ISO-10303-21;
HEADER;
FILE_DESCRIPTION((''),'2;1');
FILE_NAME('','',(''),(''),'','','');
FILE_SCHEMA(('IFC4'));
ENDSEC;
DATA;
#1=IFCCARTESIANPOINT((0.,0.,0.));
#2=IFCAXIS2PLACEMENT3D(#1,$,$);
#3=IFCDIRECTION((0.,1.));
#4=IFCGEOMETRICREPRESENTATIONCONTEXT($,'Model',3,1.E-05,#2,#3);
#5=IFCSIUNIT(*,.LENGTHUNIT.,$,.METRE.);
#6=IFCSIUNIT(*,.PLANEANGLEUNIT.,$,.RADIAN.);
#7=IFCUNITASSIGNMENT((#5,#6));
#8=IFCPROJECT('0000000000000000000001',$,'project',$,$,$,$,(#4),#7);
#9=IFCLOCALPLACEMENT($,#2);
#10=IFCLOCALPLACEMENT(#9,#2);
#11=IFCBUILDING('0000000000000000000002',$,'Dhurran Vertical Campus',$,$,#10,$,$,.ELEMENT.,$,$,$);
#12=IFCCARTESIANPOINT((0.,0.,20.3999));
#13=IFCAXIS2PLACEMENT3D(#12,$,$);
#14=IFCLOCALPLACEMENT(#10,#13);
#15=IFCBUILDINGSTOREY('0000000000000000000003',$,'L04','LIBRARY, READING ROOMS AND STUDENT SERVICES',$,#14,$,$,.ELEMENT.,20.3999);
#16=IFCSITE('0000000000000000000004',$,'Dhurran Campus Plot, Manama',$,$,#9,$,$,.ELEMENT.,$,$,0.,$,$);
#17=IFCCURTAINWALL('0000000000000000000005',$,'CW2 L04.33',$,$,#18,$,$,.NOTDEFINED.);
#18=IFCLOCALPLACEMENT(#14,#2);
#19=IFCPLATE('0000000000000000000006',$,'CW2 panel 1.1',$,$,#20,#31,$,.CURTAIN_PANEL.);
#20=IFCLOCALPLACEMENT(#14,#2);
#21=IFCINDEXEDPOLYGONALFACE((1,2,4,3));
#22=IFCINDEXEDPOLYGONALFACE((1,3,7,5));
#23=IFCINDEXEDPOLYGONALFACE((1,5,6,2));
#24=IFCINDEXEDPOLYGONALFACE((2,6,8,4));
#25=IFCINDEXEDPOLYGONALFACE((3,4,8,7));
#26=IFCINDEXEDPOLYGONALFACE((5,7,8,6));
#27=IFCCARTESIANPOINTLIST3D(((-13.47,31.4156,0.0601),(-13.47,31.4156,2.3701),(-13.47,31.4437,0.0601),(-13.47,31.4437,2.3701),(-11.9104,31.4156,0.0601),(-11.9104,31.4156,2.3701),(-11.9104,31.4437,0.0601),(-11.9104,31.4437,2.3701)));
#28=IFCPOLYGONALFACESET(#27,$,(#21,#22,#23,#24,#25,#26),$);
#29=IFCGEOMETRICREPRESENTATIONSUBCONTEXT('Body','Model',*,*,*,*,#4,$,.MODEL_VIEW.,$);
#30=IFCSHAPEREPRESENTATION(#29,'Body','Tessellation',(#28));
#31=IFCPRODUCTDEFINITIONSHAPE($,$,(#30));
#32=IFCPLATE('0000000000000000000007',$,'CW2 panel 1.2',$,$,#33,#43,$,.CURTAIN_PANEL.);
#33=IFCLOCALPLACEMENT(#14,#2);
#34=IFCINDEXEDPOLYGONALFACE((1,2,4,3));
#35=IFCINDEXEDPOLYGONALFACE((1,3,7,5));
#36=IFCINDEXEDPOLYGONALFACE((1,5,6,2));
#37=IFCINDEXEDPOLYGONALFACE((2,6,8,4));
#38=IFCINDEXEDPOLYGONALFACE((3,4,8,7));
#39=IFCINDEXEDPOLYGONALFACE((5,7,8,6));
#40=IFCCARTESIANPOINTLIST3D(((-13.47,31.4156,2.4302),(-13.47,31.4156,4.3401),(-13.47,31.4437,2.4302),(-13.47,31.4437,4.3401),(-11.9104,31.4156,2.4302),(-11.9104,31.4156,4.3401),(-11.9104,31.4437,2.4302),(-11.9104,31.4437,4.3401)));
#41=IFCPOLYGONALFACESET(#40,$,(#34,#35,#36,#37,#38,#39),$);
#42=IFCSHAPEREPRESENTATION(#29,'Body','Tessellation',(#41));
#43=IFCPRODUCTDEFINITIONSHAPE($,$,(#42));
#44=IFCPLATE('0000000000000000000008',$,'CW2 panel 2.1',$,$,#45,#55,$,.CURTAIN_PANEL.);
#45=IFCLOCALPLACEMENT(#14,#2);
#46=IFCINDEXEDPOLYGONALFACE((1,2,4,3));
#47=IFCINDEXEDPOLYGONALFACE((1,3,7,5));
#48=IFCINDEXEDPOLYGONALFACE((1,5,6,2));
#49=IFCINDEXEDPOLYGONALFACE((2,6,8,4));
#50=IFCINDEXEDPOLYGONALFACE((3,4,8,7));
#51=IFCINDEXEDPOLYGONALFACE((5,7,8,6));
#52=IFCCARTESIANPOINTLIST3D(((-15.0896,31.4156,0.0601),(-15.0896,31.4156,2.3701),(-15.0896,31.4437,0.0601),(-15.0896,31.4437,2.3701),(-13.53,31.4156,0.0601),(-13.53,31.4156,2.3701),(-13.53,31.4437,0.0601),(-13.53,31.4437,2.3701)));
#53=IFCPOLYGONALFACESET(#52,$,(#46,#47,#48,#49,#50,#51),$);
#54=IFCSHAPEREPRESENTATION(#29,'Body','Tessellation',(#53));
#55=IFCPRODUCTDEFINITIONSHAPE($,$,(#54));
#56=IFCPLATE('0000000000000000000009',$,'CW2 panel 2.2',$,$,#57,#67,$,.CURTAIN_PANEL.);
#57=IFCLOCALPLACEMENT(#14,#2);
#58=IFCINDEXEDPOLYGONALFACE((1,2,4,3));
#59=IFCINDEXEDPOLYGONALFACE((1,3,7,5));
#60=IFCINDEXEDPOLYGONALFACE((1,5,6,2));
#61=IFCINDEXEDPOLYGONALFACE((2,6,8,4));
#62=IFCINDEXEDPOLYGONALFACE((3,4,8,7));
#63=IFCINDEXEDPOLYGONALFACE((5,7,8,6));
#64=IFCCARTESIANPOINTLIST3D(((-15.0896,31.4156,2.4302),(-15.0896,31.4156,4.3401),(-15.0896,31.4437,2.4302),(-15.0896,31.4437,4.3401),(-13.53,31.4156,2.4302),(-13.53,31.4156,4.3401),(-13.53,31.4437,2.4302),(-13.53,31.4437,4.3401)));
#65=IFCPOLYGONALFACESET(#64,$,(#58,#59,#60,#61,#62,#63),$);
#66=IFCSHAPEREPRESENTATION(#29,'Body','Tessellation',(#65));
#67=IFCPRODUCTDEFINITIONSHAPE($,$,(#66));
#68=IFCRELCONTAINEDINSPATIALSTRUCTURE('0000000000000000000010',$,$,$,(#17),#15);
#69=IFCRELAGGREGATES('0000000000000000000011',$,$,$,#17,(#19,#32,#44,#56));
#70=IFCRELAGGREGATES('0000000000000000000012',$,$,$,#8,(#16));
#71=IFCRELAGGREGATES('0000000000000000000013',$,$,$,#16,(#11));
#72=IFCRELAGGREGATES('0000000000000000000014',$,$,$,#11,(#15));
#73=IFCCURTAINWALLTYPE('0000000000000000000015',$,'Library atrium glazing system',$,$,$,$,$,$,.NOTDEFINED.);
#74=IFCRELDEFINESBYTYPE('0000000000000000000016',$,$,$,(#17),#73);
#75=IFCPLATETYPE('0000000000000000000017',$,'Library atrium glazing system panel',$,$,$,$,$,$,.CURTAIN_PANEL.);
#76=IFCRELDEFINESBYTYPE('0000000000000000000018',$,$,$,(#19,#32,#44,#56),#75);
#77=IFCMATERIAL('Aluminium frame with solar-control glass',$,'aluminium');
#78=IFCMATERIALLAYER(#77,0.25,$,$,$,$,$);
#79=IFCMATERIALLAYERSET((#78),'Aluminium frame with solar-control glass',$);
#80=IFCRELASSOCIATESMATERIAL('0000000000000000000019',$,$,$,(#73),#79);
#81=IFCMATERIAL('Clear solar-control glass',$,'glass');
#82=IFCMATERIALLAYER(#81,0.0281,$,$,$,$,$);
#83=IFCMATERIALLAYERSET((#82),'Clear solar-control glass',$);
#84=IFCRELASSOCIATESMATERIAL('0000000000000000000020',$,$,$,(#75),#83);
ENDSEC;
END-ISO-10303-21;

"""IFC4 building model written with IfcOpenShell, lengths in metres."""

from ifc_helpers import new_model, si_unit, direction, frame, origin, origin_2d, place, context, subcontext, project, spatial, rectangle, extrude, material, layer, layer_set, type_object, element, aggregate, save


model = new_model("IFC4")

# Units and contexts
model_context = context("Model", 3, precision=1e-05, world=origin(), true_north=direction((0.0, 1.0)))
body_context = subcontext(model_context, "Body", "Model", "MODEL_VIEW")
ifc_project = project(units=[si_unit("LENGTHUNIT", "METRE"), si_unit("PLANEANGLEUNIT", "RADIAN")], contexts=[model_context])

# Site, building, storey
site_placement = place(None, origin())
site = spatial("IfcSite", under=ifc_project, at=site_placement, Name="Dhurran Campus Plot, Manama", CompositionType="ELEMENT", RefElevation=0.0)
building_placement = place(site_placement, origin())
building = spatial("IfcBuilding", under=site, at=building_placement, Name="Dhurran Vertical Campus", CompositionType="ELEMENT")
storey_placement = place(building_placement, frame((0.0, 0.0, 20.3999)))
storey = spatial("IfcBuildingStorey", under=building, at=storey_placement, Name="L04", Description="LIBRARY, READING ROOMS AND STUDENT SERVICES", CompositionType="ELEMENT", Elevation=20.3999)

# Curtain wall, plates
ifc_material_1 = material(Name="Aluminium frame with solar-control glass", Category="aluminium")
ifc_layer_1 = layer(ifc_material_1, 0.25)
ifc_layer_set_1 = layer_set([ifc_layer_1], Name="Aluminium frame with solar-control glass")
curtain_wall_type = type_object("IfcCurtainWallType", Name="Library atrium glazing system", PredefinedType="NOTDEFINED", material=ifc_layer_set_1)
curtain_wall_placement = place(storey_placement, origin())
curtain_wall = element("IfcCurtainWall", 1, at=curtain_wall_placement, inside=storey, type_object=curtain_wall_type, Name="CW2 L04.33", PredefinedType="NOTDEFINED")
ifc_material_2 = material(Name="Clear solar-control glass", Category="glass")
ifc_layer_2 = layer(ifc_material_2, 0.0281)
ifc_layer_set_2 = layer_set([ifc_layer_2], Name="Clear solar-control glass")
plate_type = type_object("IfcPlateType", Name="Library atrium glazing system panel", PredefinedType="CURTAIN_PANEL", material=ifc_layer_set_2)
plate_1_placement = place(storey_placement, frame((-12.6902, 31.4297, 0.0601), z_axis=(0.0, 0.0, 1.0), x_axis=(-1.0, 0.0, 0.0)))
plate_1 = element("IfcPlate", 2, at=plate_1_placement, type_object=plate_type, Name="CW2 panel 1.1", PredefinedType="CURTAIN_PANEL", context=body_context, shape_type="SweptSolid", body=[
    extrude(rectangle(XDim=1.5596, YDim=0.0281, at=origin_2d()), origin(), (0.0, 0.0, 1.0), 2.3101),
])
plate_2_placement = place(storey_placement, frame((-12.6902, 31.4297, 2.4302), z_axis=(0.0, 0.0, 1.0), x_axis=(-1.0, 0.0, 0.0)))
plate_2 = element("IfcPlate", 3, at=plate_2_placement, type_object=plate_type, Name="CW2 panel 1.2", PredefinedType="CURTAIN_PANEL", context=body_context, shape_type="SweptSolid", body=[
    extrude(rectangle(XDim=1.5596, YDim=0.0281, at=origin_2d()), origin(), (0.0, 0.0, 1.0), 1.9099),
])
plate_3_placement = place(storey_placement, frame((-14.3098, 31.4297, 0.0601), z_axis=(0.0, 0.0, 1.0), x_axis=(-1.0, 0.0, 0.0)))
plate_3 = element("IfcPlate", 4, at=plate_3_placement, type_object=plate_type, Name="CW2 panel 2.1", PredefinedType="CURTAIN_PANEL", context=body_context, shape_type="SweptSolid", body=[
    extrude(rectangle(XDim=1.5596, YDim=0.0281, at=origin_2d()), origin(), (0.0, 0.0, 1.0), 2.3101),
])
plate_4_placement = place(storey_placement, frame((-14.3098, 31.4297, 2.4302), z_axis=(0.0, 0.0, 1.0), x_axis=(-1.0, 0.0, 0.0)))
plate_4 = element("IfcPlate", 5, at=plate_4_placement, type_object=plate_type, Name="CW2 panel 2.2", PredefinedType="CURTAIN_PANEL", context=body_context, shape_type="SweptSolid", body=[
    extrude(rectangle(XDim=1.5596, YDim=0.0281, at=origin_2d()), origin(), (0.0, 0.0, 1.0), 1.9099),
])
aggregate(curtain_wall, [plate_1, plate_2, plate_3, plate_4])

save(model, "model.ifc")
